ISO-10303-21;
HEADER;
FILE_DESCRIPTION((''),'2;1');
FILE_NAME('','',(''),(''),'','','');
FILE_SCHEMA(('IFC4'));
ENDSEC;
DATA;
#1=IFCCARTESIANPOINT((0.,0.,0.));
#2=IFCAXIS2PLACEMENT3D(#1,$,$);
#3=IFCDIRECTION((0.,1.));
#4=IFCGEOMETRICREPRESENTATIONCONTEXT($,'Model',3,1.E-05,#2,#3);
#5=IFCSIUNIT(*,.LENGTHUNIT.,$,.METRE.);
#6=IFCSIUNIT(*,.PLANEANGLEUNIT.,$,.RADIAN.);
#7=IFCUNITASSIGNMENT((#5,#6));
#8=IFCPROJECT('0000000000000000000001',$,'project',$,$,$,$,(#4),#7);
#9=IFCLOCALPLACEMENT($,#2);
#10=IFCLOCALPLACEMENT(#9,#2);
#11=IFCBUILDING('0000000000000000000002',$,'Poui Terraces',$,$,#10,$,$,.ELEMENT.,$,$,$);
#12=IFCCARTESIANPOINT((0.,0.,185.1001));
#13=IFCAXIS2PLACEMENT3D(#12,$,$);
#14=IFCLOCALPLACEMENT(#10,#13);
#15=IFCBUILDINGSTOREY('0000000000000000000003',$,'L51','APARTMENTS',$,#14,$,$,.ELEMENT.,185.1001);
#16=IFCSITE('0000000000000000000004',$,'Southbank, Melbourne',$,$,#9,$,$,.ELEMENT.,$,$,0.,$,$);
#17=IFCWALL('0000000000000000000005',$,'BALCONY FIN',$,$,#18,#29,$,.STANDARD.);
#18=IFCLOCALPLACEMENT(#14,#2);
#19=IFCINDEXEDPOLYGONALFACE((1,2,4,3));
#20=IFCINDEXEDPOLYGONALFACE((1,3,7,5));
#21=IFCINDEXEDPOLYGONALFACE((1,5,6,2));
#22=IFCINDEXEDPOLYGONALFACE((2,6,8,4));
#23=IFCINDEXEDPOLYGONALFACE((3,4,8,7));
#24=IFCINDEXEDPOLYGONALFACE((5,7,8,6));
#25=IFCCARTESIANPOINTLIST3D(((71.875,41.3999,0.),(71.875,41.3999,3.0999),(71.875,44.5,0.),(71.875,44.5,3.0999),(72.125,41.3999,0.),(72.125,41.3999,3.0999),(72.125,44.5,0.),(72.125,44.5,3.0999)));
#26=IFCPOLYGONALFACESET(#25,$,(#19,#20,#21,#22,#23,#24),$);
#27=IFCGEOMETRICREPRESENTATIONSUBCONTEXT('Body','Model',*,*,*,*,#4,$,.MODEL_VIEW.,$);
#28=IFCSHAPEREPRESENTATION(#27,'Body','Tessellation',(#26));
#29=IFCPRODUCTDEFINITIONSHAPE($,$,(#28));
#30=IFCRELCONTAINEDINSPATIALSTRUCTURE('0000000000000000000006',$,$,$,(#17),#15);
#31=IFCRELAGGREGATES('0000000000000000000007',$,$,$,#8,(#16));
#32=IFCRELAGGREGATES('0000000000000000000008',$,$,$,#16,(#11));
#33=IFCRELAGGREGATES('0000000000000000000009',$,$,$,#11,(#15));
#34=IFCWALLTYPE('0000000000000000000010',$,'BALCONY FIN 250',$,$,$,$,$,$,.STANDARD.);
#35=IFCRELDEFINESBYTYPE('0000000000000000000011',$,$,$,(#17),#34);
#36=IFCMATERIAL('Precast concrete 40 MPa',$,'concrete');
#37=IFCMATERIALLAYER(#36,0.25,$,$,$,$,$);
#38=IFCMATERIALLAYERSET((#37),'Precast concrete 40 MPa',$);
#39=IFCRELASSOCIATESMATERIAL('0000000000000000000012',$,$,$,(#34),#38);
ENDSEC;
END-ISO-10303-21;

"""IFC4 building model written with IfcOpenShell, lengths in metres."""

from ifc_helpers import new_model, si_unit, direction, frame, origin, place, context, subcontext, project, spatial, polyline, outline, extrude, source, transform, mapped, material, layer, layer_set, type_object, element, save


model = new_model("IFC4")

# Units and contexts
model_context = context("Model", 3, precision=1e-05, world=origin(), true_north=direction((0.0, 1.0)))
body_context = subcontext(model_context, "Body", "Model", "MODEL_VIEW")
ifc_project = project(units=[si_unit("LENGTHUNIT", "METRE"), si_unit("PLANEANGLEUNIT", "RADIAN")], contexts=[model_context])

# Site, building, storey
site_placement = place(None, origin())
site = spatial("IfcSite", under=ifc_project, at=site_placement, Name="Southbank, Melbourne", CompositionType="ELEMENT", RefElevation=0.0)
building_placement = place(site_placement, origin())
building = spatial("IfcBuilding", under=site, at=building_placement, Name="Poui Terraces", CompositionType="ELEMENT")
storey_placement = place(building_placement, frame((0.0, 0.0, 185.1001)))
storey = spatial("IfcBuildingStorey", under=building, at=storey_placement, Name="L51", Description="APARTMENTS", CompositionType="ELEMENT", Elevation=185.1001)

# Wall
ifc_material_1 = material(Name="Precast concrete 40 MPa", Category="concrete")
ifc_layer = layer(ifc_material_1, 0.25)
ifc_layer_set = layer_set([ifc_layer], Name="Precast concrete 40 MPa")
wall_type = type_object("IfcWallType", Name="BALCONY FIN 250", PredefinedType="STANDARD", material=ifc_layer_set)
shared_shape = source(origin(), body_context, "Body", "SweptSolid", [
    extrude(outline(polyline([(0.0, 0.0), (0.25, 0.0), (0.25, 3.1001), (0.0, 3.1001), (0.0, 0.0)])), origin(), (0.0, 0.0, 1.0), 3.0999),
])
wall_placement = place(storey_placement, frame((71.875, 41.3999, 0.0)))
element("IfcWall", 1, at=wall_placement, inside=storey, type_object=wall_type, Name="BALCONY FIN", PredefinedType="STANDARD", context=body_context, shape_type="MappedRepresentation", body=[
    mapped(shared_shape, transform((0.0, 0.0, 0.0))),
])

save(model, "model.ifc")
